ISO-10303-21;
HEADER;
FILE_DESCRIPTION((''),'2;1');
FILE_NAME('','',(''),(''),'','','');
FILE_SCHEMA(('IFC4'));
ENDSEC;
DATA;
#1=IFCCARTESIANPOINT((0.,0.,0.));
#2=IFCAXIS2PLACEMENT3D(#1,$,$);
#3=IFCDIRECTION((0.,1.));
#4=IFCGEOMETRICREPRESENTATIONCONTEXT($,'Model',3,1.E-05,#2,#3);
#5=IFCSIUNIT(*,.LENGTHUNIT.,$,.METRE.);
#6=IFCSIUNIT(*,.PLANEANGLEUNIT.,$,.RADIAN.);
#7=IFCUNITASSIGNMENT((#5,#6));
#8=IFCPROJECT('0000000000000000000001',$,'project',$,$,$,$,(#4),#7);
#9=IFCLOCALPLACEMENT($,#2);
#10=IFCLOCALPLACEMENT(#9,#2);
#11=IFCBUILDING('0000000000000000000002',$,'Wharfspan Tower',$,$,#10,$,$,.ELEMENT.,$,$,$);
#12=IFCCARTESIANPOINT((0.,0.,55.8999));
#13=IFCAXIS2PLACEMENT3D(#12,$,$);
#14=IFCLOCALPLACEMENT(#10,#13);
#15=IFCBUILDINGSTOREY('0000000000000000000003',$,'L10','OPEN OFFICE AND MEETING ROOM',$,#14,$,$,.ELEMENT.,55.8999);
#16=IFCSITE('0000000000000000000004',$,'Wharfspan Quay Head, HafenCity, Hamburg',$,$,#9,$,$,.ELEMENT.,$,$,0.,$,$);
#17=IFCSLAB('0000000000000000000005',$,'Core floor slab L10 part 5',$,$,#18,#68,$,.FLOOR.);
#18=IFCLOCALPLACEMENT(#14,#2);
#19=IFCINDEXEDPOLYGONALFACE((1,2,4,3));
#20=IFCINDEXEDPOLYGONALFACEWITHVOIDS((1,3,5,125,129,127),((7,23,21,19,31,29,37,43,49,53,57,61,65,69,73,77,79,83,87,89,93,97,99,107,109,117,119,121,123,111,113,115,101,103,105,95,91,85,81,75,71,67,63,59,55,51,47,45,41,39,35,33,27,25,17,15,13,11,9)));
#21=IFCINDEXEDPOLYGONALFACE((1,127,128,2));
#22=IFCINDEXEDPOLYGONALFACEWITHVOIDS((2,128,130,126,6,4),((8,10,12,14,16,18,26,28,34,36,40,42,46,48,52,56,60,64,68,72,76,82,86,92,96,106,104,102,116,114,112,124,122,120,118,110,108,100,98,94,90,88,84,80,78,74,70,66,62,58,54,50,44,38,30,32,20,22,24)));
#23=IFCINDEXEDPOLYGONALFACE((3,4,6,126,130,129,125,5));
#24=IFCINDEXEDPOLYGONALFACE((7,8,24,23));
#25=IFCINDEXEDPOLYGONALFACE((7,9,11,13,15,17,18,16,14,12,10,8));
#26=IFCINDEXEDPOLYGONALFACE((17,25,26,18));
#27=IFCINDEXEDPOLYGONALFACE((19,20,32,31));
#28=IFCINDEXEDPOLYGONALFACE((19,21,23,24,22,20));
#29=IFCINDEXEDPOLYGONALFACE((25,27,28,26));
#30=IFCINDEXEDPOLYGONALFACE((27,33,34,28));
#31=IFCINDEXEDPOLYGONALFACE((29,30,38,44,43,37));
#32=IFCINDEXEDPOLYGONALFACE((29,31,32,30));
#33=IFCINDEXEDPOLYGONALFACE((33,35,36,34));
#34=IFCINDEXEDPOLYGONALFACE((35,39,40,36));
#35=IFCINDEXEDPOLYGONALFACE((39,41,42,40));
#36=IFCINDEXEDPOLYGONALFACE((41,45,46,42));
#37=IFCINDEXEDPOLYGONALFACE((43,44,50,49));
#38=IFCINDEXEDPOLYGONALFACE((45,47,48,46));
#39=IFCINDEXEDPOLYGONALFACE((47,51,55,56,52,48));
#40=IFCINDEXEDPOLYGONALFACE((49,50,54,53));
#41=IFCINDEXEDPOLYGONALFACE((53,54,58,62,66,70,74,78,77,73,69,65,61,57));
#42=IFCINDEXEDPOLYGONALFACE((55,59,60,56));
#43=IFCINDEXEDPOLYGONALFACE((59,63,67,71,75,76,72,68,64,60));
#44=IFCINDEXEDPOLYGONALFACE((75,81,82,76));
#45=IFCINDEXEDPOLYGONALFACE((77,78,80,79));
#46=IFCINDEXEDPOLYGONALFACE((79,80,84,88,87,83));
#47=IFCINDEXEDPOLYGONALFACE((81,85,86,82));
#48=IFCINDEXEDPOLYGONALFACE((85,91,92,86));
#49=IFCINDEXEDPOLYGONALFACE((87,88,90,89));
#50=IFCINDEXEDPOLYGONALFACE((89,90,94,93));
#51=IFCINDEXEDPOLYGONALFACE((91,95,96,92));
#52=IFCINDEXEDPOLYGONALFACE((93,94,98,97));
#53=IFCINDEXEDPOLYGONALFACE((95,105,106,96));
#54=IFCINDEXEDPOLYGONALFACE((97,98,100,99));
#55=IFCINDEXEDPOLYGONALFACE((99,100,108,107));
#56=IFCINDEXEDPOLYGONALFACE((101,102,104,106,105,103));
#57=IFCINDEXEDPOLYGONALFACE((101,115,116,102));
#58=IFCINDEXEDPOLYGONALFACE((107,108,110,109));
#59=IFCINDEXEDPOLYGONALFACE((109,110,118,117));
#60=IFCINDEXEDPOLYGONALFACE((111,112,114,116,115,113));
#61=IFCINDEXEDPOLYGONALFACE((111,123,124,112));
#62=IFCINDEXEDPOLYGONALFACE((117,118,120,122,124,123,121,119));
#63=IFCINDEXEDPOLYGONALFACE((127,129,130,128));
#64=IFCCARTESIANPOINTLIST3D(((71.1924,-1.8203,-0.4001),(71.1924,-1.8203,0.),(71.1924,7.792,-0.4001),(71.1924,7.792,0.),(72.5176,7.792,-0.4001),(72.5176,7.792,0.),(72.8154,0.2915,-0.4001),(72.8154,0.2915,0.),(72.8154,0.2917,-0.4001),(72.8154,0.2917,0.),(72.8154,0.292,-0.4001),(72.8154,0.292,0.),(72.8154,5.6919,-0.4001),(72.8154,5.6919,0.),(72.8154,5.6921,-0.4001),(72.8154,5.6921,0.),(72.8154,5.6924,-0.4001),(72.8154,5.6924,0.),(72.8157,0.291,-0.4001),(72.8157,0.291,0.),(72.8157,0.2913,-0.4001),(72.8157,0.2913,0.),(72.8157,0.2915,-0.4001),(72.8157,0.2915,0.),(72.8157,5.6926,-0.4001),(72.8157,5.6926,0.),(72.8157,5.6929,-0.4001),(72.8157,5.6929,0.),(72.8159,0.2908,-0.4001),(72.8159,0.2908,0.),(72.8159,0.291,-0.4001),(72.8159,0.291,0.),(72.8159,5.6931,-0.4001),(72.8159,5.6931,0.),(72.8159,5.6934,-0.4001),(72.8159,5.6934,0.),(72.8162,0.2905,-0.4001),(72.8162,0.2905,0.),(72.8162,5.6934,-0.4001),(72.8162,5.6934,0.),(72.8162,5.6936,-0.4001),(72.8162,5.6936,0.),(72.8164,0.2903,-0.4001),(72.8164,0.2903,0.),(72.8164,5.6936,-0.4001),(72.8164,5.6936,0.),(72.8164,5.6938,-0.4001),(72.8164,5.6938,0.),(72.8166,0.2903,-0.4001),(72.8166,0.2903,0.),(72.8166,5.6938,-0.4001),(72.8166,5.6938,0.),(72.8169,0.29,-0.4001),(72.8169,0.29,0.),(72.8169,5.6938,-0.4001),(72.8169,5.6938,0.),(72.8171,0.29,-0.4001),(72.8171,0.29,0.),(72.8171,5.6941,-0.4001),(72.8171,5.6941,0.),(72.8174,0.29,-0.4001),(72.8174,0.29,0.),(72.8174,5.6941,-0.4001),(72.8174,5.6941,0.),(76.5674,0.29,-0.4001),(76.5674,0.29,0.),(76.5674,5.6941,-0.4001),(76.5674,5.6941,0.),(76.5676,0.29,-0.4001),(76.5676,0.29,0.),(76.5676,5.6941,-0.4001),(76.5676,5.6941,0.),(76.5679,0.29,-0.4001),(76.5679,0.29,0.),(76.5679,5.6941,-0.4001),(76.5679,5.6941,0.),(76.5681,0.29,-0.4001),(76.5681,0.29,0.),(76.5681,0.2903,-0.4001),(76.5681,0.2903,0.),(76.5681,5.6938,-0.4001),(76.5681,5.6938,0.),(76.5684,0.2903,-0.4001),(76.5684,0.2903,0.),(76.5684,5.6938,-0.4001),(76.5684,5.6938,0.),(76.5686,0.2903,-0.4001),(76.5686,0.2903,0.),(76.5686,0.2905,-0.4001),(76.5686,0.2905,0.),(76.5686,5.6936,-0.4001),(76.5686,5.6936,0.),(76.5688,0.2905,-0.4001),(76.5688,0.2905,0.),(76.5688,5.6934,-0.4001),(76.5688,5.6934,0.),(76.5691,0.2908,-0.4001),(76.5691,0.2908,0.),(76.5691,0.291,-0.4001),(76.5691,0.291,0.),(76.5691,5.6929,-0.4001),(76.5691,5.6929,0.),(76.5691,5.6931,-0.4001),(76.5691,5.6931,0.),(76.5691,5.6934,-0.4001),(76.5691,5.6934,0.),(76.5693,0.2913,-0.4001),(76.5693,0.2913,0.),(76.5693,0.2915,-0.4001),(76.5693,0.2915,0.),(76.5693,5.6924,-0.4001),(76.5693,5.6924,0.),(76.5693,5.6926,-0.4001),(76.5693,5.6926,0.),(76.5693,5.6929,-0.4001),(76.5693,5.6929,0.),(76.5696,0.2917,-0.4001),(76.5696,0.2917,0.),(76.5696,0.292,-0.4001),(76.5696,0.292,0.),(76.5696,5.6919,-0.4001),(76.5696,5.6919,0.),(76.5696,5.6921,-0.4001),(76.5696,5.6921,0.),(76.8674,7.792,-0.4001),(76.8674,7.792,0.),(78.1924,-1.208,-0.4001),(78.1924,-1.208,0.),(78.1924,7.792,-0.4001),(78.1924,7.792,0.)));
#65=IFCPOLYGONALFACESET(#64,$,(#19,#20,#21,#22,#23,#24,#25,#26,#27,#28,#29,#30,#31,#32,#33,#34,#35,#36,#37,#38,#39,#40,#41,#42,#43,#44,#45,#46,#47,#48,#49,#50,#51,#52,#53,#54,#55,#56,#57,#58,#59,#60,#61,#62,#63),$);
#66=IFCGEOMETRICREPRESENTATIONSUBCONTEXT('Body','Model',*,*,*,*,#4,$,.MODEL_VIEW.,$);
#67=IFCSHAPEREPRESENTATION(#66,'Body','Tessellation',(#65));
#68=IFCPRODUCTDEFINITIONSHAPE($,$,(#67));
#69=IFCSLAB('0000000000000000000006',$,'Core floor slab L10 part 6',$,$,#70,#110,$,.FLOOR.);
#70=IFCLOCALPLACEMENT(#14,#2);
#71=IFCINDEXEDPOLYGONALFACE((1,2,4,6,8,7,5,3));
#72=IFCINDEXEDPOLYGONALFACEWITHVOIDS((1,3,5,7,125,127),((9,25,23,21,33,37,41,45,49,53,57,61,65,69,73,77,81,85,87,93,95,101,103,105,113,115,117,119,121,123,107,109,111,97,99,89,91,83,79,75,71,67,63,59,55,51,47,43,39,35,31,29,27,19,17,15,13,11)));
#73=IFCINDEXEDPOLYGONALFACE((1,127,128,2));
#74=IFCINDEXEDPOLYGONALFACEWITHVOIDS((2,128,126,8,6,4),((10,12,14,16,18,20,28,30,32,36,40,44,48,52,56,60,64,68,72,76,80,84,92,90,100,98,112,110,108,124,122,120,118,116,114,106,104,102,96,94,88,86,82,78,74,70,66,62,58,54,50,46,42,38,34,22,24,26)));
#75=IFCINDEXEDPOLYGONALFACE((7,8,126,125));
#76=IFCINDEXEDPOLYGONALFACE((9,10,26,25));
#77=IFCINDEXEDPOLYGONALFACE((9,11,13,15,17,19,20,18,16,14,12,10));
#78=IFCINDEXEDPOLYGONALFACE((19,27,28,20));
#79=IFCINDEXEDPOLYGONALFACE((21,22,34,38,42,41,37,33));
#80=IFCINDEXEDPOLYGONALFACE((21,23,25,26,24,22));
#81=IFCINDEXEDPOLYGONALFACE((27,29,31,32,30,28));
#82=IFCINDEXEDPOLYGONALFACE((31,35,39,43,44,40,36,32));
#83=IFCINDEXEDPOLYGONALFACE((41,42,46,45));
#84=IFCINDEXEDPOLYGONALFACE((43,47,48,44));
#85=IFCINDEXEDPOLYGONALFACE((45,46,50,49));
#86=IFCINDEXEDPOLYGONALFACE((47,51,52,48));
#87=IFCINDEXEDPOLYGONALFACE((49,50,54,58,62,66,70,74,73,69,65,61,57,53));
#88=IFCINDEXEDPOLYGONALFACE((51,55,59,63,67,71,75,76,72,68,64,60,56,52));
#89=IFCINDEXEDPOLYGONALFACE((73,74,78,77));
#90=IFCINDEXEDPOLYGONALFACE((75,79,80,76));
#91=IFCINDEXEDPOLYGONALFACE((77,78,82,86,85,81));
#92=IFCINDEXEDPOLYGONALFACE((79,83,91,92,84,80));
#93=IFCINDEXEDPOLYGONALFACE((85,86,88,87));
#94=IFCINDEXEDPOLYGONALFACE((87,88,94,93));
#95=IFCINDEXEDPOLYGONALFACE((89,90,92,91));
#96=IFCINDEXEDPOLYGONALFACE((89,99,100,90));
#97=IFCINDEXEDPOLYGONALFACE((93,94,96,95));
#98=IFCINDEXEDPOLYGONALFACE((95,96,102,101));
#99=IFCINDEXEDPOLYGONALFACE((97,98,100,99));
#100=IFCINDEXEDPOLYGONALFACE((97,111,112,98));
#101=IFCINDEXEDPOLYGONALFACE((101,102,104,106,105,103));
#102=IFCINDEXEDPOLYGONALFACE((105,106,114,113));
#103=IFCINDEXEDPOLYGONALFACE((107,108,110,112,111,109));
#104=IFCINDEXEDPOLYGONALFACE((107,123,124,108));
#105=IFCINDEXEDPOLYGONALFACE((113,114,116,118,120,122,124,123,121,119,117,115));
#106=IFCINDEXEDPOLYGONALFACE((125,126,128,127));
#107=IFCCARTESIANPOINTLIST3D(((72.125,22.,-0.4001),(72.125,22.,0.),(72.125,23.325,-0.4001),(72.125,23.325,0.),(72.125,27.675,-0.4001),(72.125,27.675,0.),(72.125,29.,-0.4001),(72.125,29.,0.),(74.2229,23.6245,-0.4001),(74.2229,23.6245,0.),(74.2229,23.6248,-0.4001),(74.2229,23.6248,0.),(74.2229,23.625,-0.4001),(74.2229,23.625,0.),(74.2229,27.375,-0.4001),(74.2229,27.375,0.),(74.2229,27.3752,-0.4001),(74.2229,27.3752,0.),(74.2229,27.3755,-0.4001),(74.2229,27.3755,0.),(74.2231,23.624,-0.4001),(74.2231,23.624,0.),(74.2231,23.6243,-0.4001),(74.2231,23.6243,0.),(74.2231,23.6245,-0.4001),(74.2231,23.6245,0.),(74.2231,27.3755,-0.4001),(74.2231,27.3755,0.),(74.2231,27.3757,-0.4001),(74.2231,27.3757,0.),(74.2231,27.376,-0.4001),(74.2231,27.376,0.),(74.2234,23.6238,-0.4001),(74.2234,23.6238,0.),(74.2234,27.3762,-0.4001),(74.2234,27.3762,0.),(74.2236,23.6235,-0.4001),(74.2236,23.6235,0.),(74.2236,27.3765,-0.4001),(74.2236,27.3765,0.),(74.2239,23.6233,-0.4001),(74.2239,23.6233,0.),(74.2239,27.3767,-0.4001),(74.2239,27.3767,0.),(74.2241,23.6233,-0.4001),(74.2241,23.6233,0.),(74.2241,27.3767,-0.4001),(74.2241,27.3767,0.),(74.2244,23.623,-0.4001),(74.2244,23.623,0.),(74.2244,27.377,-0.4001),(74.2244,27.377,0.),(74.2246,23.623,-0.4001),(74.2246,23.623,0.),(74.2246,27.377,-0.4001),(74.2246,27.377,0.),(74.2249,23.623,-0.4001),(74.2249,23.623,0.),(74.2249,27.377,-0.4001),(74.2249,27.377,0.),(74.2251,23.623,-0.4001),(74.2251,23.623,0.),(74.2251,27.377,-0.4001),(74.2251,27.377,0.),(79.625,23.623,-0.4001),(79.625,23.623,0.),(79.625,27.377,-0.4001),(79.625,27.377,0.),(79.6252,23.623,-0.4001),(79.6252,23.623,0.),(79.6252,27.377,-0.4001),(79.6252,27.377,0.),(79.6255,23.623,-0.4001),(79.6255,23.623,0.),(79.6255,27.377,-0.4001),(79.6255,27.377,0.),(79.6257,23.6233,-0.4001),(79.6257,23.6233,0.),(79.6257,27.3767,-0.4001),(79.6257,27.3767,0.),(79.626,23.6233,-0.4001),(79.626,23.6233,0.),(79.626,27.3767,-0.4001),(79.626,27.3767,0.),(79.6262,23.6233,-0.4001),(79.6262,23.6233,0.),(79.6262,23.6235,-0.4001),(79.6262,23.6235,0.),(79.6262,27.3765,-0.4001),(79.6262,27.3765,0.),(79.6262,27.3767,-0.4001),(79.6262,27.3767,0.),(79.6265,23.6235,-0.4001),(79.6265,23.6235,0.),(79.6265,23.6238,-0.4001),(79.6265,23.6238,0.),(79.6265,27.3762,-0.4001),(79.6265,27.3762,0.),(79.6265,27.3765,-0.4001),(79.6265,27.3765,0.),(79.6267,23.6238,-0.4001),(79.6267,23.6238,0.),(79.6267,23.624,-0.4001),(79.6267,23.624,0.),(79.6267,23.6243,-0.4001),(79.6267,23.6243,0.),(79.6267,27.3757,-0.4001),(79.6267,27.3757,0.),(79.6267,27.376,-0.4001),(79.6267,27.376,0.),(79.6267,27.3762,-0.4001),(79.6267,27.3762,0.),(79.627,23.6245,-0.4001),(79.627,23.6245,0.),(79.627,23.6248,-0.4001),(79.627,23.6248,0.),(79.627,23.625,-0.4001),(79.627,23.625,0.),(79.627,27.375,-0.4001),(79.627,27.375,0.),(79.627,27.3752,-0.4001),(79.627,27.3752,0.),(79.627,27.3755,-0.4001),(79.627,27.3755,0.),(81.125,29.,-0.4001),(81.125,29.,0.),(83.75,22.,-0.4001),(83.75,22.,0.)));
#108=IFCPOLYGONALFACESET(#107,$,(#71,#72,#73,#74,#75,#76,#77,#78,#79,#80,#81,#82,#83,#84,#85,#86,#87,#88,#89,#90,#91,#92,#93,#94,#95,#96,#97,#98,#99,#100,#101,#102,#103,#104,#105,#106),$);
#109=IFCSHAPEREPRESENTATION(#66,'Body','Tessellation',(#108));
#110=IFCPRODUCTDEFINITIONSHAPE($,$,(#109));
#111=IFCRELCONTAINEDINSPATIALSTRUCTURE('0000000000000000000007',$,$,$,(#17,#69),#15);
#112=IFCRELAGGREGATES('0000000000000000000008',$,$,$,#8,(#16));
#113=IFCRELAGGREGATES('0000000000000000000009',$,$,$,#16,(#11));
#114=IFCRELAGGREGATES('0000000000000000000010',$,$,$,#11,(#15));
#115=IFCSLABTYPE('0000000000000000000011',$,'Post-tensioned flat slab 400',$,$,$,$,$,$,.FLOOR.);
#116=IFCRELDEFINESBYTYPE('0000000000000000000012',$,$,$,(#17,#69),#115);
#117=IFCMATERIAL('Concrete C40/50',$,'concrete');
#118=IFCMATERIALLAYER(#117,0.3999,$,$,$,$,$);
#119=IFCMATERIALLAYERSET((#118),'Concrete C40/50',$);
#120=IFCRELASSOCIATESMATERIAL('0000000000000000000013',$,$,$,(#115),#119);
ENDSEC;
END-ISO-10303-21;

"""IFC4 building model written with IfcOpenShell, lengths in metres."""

from ifc_helpers import new_model, si_unit, direction, frame, origin, place, context, subcontext, project, spatial, polyline, outline, extrude, material, layer, layer_set, type_object, element, save


model = new_model("IFC4")

# Units and contexts
model_context = context("Model", 3, precision=1e-05, world=origin(), true_north=direction((0.0, 1.0)))
body_context = subcontext(model_context, "Body", "Model", "MODEL_VIEW")
ifc_project = project(units=[si_unit("LENGTHUNIT", "METRE"), si_unit("PLANEANGLEUNIT", "RADIAN")], contexts=[model_context])

# Site, building, storey
site_placement = place(None, origin())
site = spatial("IfcSite", under=ifc_project, at=site_placement, Name="Wharfspan Quay Head, HafenCity, Hamburg", CompositionType="ELEMENT", RefElevation=0.0)
building_placement = place(site_placement, origin())
building = spatial("IfcBuilding", under=site, at=building_placement, Name="Wharfspan Tower", CompositionType="ELEMENT")
storey_placement = place(building_placement, frame((0.0, 0.0, 55.8999)))
storey = spatial("IfcBuildingStorey", under=building, at=storey_placement, Name="L10", Description="OPEN OFFICE AND MEETING ROOM", CompositionType="ELEMENT", Elevation=55.8999)

# Slabs
ifc_material_1 = material(Name="Concrete C40/50", Category="concrete")
ifc_layer_1 = layer(ifc_material_1, 0.3999)
ifc_layer_set_1 = layer_set([ifc_layer_1], Name="Concrete C40/50")
slab_type = type_object("IfcSlabType", Name="Post-tensioned flat slab 400", PredefinedType="FLOOR", material=ifc_layer_set_1)
slab_1_placement = place(storey_placement, frame((0.0, 0.0, -0.4001)))
element("IfcSlab", 1, at=slab_1_placement, inside=storey, type_object=slab_type, Name="Core floor slab L10 part 5", PredefinedType="FLOOR", context=body_context, shape_type="SweptSolid", body=[
    extrude(outline(polyline([(78.1924, 7.792), (76.8674, 7.792), (72.5176, 7.792), (71.1924, 7.792), (71.1924, -1.8203), (78.1924, -1.208), (78.1924, 7.792)]), holes=[polyline([(76.5674, 5.6941), (76.5676, 5.6941), (76.5679, 5.6941), (76.5681, 5.6938), (76.5681, 5.6938), (76.5684, 5.6938), (76.5686, 5.6936), (76.5686, 5.6936), (76.5688, 5.6934), (76.5691, 5.6934), (76.5691, 5.6931), (76.5691, 5.6929), (76.5693, 5.6929), (76.5693, 5.6926), (76.5693, 5.6924), (76.5696, 5.6921), (76.5696, 5.6919), (76.5696, 0.292), (76.5696, 0.2917), (76.5693, 0.2915), (76.5693, 0.2915), (76.5693, 0.2913), (76.5691, 0.291), (76.5691, 0.291), (76.5691, 0.2908), (76.5688, 0.2905), (76.5686, 0.2905), (76.5686, 0.2903), (76.5684, 0.2903), (76.5681, 0.2903), (76.5681, 0.29), (76.5679, 0.29), (76.5676, 0.29), (76.5674, 0.29), (72.8174, 0.29), (72.8174, 0.29), (72.8171, 0.29), (72.8169, 0.29), (72.8166, 0.2903), (72.8164, 0.2903), (72.8164, 0.2903), (72.8162, 0.2905), (72.8162, 0.2905), (72.8159, 0.2908), (72.8159, 0.291), (72.8157, 0.291), (72.8157, 0.2913), (72.8157, 0.2915), (72.8154, 0.2915), (72.8154, 0.2917), (72.8154, 0.292), (72.8154, 5.6919), (72.8154, 5.6921), (72.8154, 5.6924), (72.8157, 5.6926), (72.8157, 5.6929), (72.8157, 5.6929), (72.8159, 5.6931), (72.8159, 5.6934), (72.8162, 5.6934), (72.8162, 5.6936), (72.8164, 5.6936), (72.8164, 5.6938), (72.8166, 5.6938), (72.8169, 5.6938), (72.8171, 5.6941), (72.8174, 5.6941), (72.8174, 5.6941), (76.5674, 5.6941)])]), origin(), (0.0, 0.0, 1.0), 0.4001),
])
slab_2_placement = place(storey_placement, frame((0.0, 0.0, -0.4001)))
element("IfcSlab", 2, at=slab_2_placement, inside=storey, type_object=slab_type, Name="Core floor slab L10 part 6", PredefinedType="FLOOR", context=body_context, shape_type="SweptSolid", body=[
    extrude(outline(polyline([(81.125, 29.0), (72.125, 29.0), (72.125, 27.675), (72.125, 23.325), (72.125, 22.0), (83.75, 22.0), (81.125, 29.0)]), holes=[polyline([(74.2229, 27.375), (74.2229, 27.3752), (74.2229, 27.3755), (74.2231, 27.3755), (74.2231, 27.3757), (74.2231, 27.376), (74.2234, 27.3762), (74.2234, 27.3762), (74.2236, 27.3765), (74.2236, 27.3765), (74.2239, 27.3767), (74.2241, 27.3767), (74.2241, 27.3767), (74.2244, 27.377), (74.2246, 27.377), (74.2249, 27.377), (74.2251, 27.377), (79.625, 27.377), (79.6252, 27.377), (79.6255, 27.377), (79.6255, 27.377), (79.6257, 27.3767), (79.626, 27.3767), (79.6262, 27.3767), (79.6262, 27.3765), (79.6265, 27.3765), (79.6265, 27.3762), (79.6267, 27.3762), (79.6267, 27.376), (79.6267, 27.3757), (79.627, 27.3755), (79.627, 27.3755), (79.627, 27.3752), (79.627, 27.375), (79.627, 23.625), (79.627, 23.6248), (79.627, 23.6245), (79.627, 23.6245), (79.6267, 23.6243), (79.6267, 23.624), (79.6267, 23.6238), (79.6265, 23.6238), (79.6265, 23.6235), (79.6262, 23.6235), (79.6262, 23.6233), (79.626, 23.6233), (79.6257, 23.6233), (79.6255, 23.623), (79.6255, 23.623), (79.6252, 23.623), (79.625, 23.623), (74.2251, 23.623), (74.2249, 23.623), (74.2246, 23.623), (74.2244, 23.623), (74.2241, 23.6233), (74.2241, 23.6233), (74.2239, 23.6233), (74.2236, 23.6235), (74.2236, 23.6235), (74.2234, 23.6238), (74.2234, 23.6238), (74.2231, 23.624), (74.2231, 23.6243), (74.2231, 23.6245), (74.2229, 23.6245), (74.2229, 23.6248), (74.2229, 23.625), (74.2229, 27.375)])]), origin(), (0.0, 0.0, 1.0), 0.4001),
])

save(model, "model.ifc")
